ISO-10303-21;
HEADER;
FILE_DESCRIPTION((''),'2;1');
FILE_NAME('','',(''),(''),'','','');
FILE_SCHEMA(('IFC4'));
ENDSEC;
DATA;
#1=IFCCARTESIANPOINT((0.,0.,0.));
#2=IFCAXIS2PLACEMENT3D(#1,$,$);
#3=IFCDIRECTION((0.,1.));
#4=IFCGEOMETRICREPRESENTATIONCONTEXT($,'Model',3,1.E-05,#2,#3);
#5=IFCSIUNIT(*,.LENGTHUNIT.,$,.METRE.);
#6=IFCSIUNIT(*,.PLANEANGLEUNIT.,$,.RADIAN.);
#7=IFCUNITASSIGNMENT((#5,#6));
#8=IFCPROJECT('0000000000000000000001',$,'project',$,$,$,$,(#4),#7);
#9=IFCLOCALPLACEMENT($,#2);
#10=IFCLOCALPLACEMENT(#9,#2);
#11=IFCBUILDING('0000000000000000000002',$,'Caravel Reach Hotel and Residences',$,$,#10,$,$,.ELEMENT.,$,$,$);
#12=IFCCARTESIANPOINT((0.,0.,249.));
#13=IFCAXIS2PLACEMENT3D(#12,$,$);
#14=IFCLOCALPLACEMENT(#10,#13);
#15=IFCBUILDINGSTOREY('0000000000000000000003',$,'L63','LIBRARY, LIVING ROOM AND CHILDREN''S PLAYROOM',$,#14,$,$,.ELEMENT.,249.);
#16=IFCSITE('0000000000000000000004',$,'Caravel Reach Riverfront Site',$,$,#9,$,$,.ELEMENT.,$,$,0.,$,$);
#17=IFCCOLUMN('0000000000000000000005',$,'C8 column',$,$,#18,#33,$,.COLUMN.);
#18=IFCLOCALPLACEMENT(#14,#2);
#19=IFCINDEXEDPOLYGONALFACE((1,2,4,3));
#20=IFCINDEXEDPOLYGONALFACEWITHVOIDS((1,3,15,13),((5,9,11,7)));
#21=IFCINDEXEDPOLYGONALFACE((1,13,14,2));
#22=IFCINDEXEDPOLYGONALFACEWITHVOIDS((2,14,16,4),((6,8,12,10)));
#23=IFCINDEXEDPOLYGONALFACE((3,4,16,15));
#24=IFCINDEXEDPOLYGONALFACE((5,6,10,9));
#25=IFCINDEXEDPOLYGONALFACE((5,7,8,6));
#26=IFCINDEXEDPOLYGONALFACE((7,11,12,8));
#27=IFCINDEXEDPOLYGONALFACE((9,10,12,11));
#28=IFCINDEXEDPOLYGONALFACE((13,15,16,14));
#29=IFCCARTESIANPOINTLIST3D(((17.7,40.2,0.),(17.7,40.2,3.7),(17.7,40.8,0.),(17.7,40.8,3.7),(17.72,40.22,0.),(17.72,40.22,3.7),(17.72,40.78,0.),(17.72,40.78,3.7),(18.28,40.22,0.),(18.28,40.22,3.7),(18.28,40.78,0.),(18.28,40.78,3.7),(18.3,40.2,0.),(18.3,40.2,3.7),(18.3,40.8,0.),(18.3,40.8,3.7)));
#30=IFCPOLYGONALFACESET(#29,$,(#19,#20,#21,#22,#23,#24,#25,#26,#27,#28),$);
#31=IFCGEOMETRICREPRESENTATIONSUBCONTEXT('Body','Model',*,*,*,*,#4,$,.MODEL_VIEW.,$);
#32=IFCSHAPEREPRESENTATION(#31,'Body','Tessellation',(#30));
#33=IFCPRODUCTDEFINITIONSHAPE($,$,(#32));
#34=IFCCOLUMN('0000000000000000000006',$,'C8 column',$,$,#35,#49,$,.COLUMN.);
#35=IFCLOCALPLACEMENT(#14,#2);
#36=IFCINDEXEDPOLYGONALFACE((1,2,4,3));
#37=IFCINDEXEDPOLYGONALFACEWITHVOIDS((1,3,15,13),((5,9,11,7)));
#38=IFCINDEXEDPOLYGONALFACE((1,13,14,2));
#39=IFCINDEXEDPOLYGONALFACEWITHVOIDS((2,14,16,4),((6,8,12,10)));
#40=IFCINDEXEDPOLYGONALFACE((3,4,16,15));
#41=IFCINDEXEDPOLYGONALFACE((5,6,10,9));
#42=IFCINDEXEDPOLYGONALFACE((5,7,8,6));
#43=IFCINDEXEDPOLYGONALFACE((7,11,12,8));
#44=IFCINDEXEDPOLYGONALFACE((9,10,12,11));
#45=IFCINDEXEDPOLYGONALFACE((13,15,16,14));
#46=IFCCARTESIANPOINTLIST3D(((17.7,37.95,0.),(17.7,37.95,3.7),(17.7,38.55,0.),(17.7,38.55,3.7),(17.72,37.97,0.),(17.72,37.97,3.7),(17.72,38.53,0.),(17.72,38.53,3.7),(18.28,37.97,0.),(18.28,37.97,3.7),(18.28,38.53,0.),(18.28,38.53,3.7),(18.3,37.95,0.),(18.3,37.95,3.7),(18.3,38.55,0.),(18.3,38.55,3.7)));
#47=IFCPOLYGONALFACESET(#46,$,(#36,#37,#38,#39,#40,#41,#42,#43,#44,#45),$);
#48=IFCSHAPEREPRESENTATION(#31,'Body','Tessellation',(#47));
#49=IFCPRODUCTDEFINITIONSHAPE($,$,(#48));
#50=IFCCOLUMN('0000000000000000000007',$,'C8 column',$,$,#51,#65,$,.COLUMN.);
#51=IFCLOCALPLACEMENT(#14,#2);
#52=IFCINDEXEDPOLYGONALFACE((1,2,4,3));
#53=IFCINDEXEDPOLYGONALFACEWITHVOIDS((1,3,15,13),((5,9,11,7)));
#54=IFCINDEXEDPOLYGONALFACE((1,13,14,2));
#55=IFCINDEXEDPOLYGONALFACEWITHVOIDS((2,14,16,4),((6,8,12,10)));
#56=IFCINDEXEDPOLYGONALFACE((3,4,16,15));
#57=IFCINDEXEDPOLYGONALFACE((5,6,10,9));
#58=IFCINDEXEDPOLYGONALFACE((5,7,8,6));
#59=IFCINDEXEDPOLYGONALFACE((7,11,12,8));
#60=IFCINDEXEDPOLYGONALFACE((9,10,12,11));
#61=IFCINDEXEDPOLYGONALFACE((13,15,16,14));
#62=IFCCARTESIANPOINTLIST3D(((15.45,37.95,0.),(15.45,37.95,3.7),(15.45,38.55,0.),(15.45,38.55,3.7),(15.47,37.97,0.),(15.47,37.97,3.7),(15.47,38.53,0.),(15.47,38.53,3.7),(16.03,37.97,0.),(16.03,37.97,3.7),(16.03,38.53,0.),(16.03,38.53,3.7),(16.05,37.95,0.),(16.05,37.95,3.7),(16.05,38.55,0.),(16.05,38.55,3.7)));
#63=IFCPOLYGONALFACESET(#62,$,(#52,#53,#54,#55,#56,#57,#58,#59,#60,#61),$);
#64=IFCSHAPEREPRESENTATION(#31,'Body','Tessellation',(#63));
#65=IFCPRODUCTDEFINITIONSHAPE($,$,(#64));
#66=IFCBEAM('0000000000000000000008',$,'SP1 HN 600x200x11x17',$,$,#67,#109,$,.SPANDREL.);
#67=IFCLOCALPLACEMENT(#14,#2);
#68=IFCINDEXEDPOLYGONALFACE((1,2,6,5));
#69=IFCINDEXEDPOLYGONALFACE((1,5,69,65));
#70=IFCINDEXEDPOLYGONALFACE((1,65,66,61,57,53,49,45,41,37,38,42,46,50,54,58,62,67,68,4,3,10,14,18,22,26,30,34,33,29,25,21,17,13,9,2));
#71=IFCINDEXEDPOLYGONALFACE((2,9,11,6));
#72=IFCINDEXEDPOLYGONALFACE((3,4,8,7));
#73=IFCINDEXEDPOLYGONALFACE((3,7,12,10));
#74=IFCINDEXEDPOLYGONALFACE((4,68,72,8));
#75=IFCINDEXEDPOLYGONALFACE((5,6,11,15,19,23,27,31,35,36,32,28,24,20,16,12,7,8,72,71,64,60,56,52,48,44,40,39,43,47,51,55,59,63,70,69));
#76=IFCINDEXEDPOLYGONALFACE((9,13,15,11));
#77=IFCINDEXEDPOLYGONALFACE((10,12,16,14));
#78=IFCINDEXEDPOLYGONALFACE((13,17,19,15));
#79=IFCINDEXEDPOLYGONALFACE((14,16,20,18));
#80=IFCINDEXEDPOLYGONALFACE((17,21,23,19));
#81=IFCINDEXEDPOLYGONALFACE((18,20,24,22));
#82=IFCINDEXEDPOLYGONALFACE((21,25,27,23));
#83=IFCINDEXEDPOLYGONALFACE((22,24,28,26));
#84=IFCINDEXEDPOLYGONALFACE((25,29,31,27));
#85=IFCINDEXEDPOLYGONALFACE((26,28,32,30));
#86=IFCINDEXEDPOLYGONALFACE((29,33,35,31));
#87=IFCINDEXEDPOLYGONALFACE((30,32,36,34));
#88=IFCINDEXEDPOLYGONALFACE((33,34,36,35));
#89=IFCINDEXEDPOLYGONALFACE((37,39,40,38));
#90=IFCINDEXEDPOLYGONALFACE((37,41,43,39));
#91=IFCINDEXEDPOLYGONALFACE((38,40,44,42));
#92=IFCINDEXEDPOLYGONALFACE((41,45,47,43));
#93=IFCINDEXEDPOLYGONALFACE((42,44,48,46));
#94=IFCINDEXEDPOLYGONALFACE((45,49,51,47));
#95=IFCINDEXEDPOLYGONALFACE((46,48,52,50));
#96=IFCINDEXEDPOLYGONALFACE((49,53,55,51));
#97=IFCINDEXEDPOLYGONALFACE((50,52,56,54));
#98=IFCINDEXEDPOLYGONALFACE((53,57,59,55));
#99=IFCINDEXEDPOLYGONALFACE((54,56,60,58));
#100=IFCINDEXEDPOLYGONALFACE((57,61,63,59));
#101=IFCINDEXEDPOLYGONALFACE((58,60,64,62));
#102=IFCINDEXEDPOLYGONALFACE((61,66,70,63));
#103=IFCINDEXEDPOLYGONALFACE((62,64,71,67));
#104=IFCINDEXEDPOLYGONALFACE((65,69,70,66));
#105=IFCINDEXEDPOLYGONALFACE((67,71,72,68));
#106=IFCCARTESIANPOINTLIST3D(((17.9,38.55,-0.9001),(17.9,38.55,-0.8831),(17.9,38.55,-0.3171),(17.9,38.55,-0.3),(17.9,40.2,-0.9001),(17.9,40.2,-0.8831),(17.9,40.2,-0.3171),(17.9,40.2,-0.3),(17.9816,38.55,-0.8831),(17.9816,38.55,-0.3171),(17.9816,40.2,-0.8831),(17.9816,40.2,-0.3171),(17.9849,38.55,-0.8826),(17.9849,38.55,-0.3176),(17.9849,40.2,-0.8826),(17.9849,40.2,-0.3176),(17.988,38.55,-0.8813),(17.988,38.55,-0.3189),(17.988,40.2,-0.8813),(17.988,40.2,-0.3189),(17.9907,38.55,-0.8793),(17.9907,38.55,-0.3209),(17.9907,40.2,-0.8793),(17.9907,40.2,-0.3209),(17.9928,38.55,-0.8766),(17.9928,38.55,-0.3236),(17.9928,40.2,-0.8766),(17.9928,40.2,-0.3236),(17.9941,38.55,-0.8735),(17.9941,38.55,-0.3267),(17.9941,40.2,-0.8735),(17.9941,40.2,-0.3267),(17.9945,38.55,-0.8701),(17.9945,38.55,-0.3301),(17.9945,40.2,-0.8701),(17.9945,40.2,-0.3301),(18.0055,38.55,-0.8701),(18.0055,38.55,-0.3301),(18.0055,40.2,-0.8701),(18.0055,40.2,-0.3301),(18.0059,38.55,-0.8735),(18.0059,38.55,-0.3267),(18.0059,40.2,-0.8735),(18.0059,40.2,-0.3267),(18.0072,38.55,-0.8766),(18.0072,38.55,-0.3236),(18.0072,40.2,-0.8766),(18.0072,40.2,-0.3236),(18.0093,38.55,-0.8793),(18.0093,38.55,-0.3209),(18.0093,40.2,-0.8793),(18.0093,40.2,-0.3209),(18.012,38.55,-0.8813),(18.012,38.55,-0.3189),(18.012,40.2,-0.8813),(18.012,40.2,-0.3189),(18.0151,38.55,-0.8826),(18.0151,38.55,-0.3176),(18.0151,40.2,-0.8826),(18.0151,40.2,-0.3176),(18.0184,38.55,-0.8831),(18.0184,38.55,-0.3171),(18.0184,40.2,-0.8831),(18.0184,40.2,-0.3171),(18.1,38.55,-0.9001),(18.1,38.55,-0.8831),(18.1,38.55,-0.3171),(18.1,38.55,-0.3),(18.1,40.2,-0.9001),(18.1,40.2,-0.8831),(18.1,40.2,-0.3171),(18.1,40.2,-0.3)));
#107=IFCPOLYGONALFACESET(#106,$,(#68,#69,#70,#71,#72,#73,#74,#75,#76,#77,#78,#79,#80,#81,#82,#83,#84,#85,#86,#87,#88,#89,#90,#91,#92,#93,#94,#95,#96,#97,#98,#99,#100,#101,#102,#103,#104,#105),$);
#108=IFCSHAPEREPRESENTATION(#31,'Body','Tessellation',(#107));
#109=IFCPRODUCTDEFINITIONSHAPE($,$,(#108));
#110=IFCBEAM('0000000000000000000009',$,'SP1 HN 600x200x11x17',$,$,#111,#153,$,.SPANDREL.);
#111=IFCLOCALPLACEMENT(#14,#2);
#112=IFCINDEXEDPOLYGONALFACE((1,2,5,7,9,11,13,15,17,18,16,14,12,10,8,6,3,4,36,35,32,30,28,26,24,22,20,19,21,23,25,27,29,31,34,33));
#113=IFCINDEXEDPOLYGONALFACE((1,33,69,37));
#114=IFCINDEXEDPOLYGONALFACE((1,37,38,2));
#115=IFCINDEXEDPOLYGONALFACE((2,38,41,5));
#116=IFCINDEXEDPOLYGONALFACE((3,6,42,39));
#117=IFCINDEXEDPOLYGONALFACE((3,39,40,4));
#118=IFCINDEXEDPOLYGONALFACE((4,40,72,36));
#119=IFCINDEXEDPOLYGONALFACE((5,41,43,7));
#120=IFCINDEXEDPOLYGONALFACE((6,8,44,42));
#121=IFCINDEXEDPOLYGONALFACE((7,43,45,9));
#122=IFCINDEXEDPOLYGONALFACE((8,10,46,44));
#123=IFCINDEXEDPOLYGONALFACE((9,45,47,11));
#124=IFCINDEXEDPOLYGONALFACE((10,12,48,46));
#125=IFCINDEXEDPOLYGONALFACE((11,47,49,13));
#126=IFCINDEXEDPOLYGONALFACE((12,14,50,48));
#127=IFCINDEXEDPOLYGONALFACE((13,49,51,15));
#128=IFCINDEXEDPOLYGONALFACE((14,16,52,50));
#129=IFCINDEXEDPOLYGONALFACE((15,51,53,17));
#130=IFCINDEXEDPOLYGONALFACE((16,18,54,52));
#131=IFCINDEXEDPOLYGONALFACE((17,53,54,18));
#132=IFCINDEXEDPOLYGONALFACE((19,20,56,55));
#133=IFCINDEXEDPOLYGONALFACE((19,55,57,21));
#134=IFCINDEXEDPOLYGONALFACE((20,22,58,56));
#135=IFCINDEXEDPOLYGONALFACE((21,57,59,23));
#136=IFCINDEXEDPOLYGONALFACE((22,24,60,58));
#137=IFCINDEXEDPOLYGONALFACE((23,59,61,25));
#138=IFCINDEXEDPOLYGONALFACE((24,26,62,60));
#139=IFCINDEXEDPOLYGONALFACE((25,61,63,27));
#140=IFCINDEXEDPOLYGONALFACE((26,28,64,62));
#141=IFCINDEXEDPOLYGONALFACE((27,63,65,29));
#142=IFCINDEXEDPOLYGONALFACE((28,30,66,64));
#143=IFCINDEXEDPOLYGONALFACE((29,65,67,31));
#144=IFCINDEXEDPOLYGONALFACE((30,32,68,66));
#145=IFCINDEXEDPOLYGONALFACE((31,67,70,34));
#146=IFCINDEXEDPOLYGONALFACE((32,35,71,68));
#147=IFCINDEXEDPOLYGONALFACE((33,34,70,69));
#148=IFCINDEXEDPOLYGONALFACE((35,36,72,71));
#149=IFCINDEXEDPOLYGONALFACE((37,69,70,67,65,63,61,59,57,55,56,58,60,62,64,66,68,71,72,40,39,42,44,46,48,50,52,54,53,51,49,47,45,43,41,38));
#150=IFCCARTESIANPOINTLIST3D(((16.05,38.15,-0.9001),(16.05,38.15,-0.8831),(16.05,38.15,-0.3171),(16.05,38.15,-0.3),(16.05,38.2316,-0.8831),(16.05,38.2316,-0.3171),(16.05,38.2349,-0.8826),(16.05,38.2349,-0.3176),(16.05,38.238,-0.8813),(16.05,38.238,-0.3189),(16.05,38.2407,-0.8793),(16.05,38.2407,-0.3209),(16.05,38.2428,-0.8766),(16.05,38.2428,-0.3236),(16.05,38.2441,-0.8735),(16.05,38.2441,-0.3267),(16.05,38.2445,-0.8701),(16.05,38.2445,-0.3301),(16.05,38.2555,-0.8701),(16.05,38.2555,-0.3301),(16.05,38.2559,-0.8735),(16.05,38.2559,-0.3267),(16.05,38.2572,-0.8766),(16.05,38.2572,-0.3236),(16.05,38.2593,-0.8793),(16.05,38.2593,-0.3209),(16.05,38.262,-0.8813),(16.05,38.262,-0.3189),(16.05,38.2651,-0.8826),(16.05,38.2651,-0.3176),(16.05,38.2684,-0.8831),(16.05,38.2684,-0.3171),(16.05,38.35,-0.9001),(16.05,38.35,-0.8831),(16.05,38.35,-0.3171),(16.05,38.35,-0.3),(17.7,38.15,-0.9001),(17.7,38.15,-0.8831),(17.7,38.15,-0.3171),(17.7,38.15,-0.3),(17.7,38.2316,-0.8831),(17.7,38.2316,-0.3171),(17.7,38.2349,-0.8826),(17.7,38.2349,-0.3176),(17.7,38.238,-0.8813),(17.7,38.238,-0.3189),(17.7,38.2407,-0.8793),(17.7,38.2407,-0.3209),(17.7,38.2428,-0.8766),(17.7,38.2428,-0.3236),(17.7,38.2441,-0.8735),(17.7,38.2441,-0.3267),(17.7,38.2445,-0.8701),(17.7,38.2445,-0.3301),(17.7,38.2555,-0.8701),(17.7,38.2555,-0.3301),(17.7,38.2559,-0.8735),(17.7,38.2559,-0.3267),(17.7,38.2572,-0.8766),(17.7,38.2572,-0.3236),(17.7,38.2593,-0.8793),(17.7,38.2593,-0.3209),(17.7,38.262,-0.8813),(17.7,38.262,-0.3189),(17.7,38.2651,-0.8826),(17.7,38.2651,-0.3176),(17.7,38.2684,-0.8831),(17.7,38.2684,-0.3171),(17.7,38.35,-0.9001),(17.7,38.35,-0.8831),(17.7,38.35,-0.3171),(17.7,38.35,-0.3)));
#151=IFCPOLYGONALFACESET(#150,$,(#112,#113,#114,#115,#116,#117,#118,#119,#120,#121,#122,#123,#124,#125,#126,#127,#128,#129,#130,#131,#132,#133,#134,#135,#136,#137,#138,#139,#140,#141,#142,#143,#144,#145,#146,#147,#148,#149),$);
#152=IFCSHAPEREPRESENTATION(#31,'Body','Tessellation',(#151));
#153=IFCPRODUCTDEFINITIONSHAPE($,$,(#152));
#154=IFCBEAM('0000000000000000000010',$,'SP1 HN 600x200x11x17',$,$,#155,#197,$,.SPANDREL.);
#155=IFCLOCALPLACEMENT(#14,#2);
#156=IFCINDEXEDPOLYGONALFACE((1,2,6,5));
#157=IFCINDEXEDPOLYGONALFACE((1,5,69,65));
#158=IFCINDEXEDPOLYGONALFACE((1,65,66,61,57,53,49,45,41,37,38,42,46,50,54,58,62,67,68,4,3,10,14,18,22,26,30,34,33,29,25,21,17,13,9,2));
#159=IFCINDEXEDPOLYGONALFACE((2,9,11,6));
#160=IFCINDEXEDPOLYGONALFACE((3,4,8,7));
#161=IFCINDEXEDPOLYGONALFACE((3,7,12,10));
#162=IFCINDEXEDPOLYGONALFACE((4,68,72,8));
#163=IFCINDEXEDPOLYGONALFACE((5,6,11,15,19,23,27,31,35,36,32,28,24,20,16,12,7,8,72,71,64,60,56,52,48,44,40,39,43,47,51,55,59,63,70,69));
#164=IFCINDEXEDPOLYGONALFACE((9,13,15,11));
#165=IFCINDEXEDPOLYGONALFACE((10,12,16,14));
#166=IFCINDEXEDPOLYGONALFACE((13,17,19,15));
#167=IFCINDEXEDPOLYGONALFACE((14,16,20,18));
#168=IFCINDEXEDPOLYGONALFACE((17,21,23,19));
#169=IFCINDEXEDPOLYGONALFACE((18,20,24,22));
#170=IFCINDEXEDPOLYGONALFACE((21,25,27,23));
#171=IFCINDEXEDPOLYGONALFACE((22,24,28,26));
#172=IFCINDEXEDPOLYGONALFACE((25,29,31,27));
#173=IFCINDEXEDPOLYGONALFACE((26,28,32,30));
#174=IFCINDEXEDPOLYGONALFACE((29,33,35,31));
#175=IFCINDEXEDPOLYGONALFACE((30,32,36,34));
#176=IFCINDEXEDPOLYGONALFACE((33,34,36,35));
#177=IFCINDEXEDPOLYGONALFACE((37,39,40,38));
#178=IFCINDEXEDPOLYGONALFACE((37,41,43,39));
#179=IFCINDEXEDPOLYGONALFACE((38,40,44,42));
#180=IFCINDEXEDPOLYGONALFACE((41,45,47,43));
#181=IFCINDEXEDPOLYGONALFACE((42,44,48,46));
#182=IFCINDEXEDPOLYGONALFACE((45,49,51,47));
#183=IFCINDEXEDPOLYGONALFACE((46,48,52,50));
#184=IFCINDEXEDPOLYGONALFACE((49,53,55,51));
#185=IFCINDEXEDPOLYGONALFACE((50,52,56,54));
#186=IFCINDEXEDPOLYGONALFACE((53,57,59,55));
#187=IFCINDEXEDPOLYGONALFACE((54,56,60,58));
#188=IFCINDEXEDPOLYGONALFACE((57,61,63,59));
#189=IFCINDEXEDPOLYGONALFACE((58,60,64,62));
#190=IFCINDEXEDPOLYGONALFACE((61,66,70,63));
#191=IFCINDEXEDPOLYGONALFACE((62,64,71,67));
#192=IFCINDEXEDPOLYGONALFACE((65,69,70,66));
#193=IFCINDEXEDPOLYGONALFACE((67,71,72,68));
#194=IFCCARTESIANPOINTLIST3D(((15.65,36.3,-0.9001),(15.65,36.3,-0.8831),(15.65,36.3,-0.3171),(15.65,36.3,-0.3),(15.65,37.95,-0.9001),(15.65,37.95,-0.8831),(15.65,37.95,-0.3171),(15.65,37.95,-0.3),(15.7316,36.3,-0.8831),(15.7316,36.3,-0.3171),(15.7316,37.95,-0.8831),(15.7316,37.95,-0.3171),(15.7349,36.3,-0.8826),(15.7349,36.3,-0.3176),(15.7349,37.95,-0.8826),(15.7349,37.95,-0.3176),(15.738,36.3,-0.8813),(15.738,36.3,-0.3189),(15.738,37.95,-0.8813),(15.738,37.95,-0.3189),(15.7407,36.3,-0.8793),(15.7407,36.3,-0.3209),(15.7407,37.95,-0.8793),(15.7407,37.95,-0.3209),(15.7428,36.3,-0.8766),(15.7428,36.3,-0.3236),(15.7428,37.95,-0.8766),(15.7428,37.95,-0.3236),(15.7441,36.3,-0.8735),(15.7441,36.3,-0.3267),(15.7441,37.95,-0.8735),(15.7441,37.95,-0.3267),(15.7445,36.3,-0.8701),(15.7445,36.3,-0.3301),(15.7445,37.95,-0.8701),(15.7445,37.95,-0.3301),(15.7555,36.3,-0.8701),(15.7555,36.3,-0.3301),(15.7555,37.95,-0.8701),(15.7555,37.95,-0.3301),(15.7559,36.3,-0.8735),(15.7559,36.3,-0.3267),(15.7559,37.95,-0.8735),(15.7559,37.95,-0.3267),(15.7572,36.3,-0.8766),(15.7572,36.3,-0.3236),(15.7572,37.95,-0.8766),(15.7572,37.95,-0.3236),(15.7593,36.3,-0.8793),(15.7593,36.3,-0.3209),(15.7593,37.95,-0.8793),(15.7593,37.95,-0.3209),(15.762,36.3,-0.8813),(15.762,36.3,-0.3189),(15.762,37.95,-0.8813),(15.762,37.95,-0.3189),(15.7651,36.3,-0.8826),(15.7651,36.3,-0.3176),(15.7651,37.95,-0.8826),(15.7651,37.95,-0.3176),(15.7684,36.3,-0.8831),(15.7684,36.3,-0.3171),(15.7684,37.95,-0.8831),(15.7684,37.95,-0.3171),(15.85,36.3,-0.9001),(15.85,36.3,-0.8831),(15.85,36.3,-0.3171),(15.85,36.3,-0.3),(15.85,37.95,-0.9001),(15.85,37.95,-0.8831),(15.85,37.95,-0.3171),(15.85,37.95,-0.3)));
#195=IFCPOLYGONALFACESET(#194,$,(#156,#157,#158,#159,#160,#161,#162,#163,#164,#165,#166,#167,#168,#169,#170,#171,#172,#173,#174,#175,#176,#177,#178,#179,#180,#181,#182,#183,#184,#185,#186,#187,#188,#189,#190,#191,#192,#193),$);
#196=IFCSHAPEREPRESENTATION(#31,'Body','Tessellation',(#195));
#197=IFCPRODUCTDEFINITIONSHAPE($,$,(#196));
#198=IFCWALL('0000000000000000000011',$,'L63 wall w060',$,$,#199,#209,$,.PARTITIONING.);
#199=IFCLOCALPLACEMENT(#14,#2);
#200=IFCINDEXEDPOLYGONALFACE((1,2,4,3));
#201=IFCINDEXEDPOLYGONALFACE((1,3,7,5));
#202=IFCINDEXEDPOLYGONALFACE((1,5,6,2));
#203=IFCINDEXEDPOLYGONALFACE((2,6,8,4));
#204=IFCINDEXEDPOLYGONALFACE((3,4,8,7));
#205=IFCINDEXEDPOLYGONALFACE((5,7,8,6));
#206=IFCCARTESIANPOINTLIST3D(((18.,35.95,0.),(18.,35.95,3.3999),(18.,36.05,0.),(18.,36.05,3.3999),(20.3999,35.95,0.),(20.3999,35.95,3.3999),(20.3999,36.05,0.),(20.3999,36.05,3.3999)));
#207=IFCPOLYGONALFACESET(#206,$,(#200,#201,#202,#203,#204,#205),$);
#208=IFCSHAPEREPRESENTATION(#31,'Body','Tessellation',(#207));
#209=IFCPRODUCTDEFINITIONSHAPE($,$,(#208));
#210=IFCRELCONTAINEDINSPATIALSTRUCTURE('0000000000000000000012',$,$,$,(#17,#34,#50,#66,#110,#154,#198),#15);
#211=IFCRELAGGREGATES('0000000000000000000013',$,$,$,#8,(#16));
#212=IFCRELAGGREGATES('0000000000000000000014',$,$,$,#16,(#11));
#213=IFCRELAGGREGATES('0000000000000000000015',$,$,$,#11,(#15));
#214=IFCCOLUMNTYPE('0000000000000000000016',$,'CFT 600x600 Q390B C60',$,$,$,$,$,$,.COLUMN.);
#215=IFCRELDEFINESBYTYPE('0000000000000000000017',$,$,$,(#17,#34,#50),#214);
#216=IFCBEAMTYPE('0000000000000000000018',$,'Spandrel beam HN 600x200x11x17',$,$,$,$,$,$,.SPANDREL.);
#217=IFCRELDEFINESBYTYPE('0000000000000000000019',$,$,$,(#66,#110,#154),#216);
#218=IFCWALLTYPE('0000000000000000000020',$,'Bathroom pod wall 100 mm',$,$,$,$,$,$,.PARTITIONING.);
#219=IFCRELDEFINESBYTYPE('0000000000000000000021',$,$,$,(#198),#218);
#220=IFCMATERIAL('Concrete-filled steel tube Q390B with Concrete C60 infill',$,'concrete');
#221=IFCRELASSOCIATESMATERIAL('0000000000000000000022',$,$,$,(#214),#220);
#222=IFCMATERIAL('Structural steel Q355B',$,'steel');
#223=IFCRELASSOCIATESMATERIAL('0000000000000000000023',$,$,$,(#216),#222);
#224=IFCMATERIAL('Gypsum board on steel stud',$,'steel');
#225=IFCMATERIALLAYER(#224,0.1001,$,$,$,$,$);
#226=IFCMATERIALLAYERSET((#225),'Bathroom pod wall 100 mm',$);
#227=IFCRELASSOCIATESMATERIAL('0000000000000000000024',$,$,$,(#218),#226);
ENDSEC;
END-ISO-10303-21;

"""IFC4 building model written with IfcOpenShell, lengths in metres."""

from ifc_helpers import new_model, si_unit, direction, frame, frame_2d, origin, origin_2d, place, context, subcontext, project, spatial, rectangle, hollow_rectangle, i_section, extrude, material, layer, layer_set, material_profile, profile_set, type_object, element, save


model = new_model("IFC4")

# Units and contexts
model_context = context("Model", 3, precision=1e-05, world=origin(), true_north=direction((0.0, 1.0)))
body_context = subcontext(model_context, "Body", "Model", "MODEL_VIEW")
ifc_project = project(units=[si_unit("LENGTHUNIT", "METRE"), si_unit("PLANEANGLEUNIT", "RADIAN")], contexts=[model_context])

# Site, building, storey
site_placement = place(None, origin())
site = spatial("IfcSite", under=ifc_project, at=site_placement, Name="Caravel Reach Riverfront Site", CompositionType="ELEMENT", RefElevation=0.0)
building_placement = place(site_placement, origin())
building = spatial("IfcBuilding", under=site, at=building_placement, Name="Caravel Reach Hotel and Residences", CompositionType="ELEMENT")
storey_placement = place(building_placement, frame((0.0, 0.0, 249.0)))
storey = spatial("IfcBuildingStorey", under=building, at=storey_placement, Name="L63", Description="LIBRARY, LIVING ROOM AND CHILDREN'S PLAYROOM", CompositionType="ELEMENT", Elevation=249.0)

# Columns
ifc_material_1 = material(Name="Concrete-filled steel tube Q390B with Concrete C60 infill", Category="concrete")
ifc_material_profile_1 = material_profile(ifc_material_1, hollow_rectangle(XDim=0.6001, YDim=0.6001, WallThickness=0.02, at=origin_2d()), Name="RHS 600x600x20")
ifc_profile_set_1 = profile_set([ifc_material_profile_1], Name="Concrete-filled steel tube Q390B with Concrete C60 infill")
column_type = type_object("IfcColumnType", Name="CFT 600x600 Q390B C60", PredefinedType="COLUMN", material=ifc_profile_set_1)
for number, where, z_axis, x_axis, name in (
    (1, (18.0, 40.5, 0.0), (0.0, 0.0, 1.0), (1.0, 0.0, 0.0), "C8 column"),
    (2, (18.0, 38.25, 0.0), (0.0, 0.0, 1.0), (1.0, 0.0, 0.0), "C8 column"),
    (3, (15.75, 38.25, 0.0), (0.0, 0.0, 1.0), (1.0, 0.0, 0.0), "C8 column"),
):
    element("IfcColumn", number, at=place(storey_placement, frame(where, z_axis=z_axis, x_axis=x_axis)), inside=storey, type_object=column_type, Name=name, PredefinedType="COLUMN", context=body_context, shape_type="SweptSolid", body=[
        extrude(hollow_rectangle(XDim=0.6001, YDim=0.6001, WallThickness=0.02, at=origin_2d()), origin(), (0.0, 0.0, 1.0), 3.7),
    ])

# Beams
ifc_material_2 = material(Name="Structural steel Q355B", Category="steel")
ifc_material_profile_2 = material_profile(ifc_material_2, i_section(OverallWidth=0.2, OverallDepth=0.6001, WebThickness=0.011, FlangeThickness=0.0171, FilletRadius=0.0129, at=origin_2d()), Name="HN 600x200x11x17")
ifc_profile_set_2 = profile_set([ifc_material_profile_2], Name="Structural steel Q355B")
beam_type = type_object("IfcBeamType", Name="Spandrel beam HN 600x200x11x17", PredefinedType="SPANDREL", material=ifc_profile_set_2)
for number, where, z_axis, x_axis, name in (
    (4, (18.0, 40.2, -0.6001), (0.0, -1.0, 0.0), (1.0, 0.0, 0.0), "SP1 HN 600x200x11x17"),
    (5, (17.7, 38.25, -0.6001), (-1.0, 0.0, 0.0), (0.0, -1.0, 0.0), "SP1 HN 600x200x11x17"),
    (6, (15.75, 37.95, -0.6001), (0.0, -1.0, 0.0), (1.0, 0.0, 0.0), "SP1 HN 600x200x11x17"),
):
    element("IfcBeam", number, at=place(storey_placement, frame(where, z_axis=z_axis, x_axis=x_axis)), inside=storey, type_object=beam_type, Name=name, PredefinedType="SPANDREL", context=body_context, shape_type="SweptSolid", body=[
        extrude(i_section(OverallWidth=0.2, OverallDepth=0.6001, WebThickness=0.011, FlangeThickness=0.0171, FilletRadius=0.0129, at=origin_2d()), origin(), (0.0, 0.0, 1.0), 1.6499),
    ])

# Wall
ifc_material_3 = material(Name="Gypsum board on steel stud", Category="steel")
ifc_layer_1 = layer(ifc_material_3, 0.1001)
ifc_layer_set_1 = layer_set([ifc_layer_1], Name="Bathroom pod wall 100 mm")
wall_type_1 = type_object("IfcWallType", Name="Bathroom pod wall 100 mm", PredefinedType="PARTITIONING", material=ifc_layer_set_1)
wall_1_placement = place(storey_placement, frame((18.0, 36.0, 0.0), z_axis=(0.0, 0.0, 1.0), x_axis=(1.0, 0.0, 0.0)))
element("IfcWall", 7, at=wall_1_placement, inside=storey, type_object=wall_type_1, Name="L63 wall w060", PredefinedType="PARTITIONING", context=body_context, shape_type="SweptSolid", body=[
    extrude(rectangle(XDim=2.3999, YDim=0.1001, at=frame_2d((1.2, 0.0))), origin(), (0.0, 0.0, 1.0), 3.3999),
])

save(model, "model.ifc")
